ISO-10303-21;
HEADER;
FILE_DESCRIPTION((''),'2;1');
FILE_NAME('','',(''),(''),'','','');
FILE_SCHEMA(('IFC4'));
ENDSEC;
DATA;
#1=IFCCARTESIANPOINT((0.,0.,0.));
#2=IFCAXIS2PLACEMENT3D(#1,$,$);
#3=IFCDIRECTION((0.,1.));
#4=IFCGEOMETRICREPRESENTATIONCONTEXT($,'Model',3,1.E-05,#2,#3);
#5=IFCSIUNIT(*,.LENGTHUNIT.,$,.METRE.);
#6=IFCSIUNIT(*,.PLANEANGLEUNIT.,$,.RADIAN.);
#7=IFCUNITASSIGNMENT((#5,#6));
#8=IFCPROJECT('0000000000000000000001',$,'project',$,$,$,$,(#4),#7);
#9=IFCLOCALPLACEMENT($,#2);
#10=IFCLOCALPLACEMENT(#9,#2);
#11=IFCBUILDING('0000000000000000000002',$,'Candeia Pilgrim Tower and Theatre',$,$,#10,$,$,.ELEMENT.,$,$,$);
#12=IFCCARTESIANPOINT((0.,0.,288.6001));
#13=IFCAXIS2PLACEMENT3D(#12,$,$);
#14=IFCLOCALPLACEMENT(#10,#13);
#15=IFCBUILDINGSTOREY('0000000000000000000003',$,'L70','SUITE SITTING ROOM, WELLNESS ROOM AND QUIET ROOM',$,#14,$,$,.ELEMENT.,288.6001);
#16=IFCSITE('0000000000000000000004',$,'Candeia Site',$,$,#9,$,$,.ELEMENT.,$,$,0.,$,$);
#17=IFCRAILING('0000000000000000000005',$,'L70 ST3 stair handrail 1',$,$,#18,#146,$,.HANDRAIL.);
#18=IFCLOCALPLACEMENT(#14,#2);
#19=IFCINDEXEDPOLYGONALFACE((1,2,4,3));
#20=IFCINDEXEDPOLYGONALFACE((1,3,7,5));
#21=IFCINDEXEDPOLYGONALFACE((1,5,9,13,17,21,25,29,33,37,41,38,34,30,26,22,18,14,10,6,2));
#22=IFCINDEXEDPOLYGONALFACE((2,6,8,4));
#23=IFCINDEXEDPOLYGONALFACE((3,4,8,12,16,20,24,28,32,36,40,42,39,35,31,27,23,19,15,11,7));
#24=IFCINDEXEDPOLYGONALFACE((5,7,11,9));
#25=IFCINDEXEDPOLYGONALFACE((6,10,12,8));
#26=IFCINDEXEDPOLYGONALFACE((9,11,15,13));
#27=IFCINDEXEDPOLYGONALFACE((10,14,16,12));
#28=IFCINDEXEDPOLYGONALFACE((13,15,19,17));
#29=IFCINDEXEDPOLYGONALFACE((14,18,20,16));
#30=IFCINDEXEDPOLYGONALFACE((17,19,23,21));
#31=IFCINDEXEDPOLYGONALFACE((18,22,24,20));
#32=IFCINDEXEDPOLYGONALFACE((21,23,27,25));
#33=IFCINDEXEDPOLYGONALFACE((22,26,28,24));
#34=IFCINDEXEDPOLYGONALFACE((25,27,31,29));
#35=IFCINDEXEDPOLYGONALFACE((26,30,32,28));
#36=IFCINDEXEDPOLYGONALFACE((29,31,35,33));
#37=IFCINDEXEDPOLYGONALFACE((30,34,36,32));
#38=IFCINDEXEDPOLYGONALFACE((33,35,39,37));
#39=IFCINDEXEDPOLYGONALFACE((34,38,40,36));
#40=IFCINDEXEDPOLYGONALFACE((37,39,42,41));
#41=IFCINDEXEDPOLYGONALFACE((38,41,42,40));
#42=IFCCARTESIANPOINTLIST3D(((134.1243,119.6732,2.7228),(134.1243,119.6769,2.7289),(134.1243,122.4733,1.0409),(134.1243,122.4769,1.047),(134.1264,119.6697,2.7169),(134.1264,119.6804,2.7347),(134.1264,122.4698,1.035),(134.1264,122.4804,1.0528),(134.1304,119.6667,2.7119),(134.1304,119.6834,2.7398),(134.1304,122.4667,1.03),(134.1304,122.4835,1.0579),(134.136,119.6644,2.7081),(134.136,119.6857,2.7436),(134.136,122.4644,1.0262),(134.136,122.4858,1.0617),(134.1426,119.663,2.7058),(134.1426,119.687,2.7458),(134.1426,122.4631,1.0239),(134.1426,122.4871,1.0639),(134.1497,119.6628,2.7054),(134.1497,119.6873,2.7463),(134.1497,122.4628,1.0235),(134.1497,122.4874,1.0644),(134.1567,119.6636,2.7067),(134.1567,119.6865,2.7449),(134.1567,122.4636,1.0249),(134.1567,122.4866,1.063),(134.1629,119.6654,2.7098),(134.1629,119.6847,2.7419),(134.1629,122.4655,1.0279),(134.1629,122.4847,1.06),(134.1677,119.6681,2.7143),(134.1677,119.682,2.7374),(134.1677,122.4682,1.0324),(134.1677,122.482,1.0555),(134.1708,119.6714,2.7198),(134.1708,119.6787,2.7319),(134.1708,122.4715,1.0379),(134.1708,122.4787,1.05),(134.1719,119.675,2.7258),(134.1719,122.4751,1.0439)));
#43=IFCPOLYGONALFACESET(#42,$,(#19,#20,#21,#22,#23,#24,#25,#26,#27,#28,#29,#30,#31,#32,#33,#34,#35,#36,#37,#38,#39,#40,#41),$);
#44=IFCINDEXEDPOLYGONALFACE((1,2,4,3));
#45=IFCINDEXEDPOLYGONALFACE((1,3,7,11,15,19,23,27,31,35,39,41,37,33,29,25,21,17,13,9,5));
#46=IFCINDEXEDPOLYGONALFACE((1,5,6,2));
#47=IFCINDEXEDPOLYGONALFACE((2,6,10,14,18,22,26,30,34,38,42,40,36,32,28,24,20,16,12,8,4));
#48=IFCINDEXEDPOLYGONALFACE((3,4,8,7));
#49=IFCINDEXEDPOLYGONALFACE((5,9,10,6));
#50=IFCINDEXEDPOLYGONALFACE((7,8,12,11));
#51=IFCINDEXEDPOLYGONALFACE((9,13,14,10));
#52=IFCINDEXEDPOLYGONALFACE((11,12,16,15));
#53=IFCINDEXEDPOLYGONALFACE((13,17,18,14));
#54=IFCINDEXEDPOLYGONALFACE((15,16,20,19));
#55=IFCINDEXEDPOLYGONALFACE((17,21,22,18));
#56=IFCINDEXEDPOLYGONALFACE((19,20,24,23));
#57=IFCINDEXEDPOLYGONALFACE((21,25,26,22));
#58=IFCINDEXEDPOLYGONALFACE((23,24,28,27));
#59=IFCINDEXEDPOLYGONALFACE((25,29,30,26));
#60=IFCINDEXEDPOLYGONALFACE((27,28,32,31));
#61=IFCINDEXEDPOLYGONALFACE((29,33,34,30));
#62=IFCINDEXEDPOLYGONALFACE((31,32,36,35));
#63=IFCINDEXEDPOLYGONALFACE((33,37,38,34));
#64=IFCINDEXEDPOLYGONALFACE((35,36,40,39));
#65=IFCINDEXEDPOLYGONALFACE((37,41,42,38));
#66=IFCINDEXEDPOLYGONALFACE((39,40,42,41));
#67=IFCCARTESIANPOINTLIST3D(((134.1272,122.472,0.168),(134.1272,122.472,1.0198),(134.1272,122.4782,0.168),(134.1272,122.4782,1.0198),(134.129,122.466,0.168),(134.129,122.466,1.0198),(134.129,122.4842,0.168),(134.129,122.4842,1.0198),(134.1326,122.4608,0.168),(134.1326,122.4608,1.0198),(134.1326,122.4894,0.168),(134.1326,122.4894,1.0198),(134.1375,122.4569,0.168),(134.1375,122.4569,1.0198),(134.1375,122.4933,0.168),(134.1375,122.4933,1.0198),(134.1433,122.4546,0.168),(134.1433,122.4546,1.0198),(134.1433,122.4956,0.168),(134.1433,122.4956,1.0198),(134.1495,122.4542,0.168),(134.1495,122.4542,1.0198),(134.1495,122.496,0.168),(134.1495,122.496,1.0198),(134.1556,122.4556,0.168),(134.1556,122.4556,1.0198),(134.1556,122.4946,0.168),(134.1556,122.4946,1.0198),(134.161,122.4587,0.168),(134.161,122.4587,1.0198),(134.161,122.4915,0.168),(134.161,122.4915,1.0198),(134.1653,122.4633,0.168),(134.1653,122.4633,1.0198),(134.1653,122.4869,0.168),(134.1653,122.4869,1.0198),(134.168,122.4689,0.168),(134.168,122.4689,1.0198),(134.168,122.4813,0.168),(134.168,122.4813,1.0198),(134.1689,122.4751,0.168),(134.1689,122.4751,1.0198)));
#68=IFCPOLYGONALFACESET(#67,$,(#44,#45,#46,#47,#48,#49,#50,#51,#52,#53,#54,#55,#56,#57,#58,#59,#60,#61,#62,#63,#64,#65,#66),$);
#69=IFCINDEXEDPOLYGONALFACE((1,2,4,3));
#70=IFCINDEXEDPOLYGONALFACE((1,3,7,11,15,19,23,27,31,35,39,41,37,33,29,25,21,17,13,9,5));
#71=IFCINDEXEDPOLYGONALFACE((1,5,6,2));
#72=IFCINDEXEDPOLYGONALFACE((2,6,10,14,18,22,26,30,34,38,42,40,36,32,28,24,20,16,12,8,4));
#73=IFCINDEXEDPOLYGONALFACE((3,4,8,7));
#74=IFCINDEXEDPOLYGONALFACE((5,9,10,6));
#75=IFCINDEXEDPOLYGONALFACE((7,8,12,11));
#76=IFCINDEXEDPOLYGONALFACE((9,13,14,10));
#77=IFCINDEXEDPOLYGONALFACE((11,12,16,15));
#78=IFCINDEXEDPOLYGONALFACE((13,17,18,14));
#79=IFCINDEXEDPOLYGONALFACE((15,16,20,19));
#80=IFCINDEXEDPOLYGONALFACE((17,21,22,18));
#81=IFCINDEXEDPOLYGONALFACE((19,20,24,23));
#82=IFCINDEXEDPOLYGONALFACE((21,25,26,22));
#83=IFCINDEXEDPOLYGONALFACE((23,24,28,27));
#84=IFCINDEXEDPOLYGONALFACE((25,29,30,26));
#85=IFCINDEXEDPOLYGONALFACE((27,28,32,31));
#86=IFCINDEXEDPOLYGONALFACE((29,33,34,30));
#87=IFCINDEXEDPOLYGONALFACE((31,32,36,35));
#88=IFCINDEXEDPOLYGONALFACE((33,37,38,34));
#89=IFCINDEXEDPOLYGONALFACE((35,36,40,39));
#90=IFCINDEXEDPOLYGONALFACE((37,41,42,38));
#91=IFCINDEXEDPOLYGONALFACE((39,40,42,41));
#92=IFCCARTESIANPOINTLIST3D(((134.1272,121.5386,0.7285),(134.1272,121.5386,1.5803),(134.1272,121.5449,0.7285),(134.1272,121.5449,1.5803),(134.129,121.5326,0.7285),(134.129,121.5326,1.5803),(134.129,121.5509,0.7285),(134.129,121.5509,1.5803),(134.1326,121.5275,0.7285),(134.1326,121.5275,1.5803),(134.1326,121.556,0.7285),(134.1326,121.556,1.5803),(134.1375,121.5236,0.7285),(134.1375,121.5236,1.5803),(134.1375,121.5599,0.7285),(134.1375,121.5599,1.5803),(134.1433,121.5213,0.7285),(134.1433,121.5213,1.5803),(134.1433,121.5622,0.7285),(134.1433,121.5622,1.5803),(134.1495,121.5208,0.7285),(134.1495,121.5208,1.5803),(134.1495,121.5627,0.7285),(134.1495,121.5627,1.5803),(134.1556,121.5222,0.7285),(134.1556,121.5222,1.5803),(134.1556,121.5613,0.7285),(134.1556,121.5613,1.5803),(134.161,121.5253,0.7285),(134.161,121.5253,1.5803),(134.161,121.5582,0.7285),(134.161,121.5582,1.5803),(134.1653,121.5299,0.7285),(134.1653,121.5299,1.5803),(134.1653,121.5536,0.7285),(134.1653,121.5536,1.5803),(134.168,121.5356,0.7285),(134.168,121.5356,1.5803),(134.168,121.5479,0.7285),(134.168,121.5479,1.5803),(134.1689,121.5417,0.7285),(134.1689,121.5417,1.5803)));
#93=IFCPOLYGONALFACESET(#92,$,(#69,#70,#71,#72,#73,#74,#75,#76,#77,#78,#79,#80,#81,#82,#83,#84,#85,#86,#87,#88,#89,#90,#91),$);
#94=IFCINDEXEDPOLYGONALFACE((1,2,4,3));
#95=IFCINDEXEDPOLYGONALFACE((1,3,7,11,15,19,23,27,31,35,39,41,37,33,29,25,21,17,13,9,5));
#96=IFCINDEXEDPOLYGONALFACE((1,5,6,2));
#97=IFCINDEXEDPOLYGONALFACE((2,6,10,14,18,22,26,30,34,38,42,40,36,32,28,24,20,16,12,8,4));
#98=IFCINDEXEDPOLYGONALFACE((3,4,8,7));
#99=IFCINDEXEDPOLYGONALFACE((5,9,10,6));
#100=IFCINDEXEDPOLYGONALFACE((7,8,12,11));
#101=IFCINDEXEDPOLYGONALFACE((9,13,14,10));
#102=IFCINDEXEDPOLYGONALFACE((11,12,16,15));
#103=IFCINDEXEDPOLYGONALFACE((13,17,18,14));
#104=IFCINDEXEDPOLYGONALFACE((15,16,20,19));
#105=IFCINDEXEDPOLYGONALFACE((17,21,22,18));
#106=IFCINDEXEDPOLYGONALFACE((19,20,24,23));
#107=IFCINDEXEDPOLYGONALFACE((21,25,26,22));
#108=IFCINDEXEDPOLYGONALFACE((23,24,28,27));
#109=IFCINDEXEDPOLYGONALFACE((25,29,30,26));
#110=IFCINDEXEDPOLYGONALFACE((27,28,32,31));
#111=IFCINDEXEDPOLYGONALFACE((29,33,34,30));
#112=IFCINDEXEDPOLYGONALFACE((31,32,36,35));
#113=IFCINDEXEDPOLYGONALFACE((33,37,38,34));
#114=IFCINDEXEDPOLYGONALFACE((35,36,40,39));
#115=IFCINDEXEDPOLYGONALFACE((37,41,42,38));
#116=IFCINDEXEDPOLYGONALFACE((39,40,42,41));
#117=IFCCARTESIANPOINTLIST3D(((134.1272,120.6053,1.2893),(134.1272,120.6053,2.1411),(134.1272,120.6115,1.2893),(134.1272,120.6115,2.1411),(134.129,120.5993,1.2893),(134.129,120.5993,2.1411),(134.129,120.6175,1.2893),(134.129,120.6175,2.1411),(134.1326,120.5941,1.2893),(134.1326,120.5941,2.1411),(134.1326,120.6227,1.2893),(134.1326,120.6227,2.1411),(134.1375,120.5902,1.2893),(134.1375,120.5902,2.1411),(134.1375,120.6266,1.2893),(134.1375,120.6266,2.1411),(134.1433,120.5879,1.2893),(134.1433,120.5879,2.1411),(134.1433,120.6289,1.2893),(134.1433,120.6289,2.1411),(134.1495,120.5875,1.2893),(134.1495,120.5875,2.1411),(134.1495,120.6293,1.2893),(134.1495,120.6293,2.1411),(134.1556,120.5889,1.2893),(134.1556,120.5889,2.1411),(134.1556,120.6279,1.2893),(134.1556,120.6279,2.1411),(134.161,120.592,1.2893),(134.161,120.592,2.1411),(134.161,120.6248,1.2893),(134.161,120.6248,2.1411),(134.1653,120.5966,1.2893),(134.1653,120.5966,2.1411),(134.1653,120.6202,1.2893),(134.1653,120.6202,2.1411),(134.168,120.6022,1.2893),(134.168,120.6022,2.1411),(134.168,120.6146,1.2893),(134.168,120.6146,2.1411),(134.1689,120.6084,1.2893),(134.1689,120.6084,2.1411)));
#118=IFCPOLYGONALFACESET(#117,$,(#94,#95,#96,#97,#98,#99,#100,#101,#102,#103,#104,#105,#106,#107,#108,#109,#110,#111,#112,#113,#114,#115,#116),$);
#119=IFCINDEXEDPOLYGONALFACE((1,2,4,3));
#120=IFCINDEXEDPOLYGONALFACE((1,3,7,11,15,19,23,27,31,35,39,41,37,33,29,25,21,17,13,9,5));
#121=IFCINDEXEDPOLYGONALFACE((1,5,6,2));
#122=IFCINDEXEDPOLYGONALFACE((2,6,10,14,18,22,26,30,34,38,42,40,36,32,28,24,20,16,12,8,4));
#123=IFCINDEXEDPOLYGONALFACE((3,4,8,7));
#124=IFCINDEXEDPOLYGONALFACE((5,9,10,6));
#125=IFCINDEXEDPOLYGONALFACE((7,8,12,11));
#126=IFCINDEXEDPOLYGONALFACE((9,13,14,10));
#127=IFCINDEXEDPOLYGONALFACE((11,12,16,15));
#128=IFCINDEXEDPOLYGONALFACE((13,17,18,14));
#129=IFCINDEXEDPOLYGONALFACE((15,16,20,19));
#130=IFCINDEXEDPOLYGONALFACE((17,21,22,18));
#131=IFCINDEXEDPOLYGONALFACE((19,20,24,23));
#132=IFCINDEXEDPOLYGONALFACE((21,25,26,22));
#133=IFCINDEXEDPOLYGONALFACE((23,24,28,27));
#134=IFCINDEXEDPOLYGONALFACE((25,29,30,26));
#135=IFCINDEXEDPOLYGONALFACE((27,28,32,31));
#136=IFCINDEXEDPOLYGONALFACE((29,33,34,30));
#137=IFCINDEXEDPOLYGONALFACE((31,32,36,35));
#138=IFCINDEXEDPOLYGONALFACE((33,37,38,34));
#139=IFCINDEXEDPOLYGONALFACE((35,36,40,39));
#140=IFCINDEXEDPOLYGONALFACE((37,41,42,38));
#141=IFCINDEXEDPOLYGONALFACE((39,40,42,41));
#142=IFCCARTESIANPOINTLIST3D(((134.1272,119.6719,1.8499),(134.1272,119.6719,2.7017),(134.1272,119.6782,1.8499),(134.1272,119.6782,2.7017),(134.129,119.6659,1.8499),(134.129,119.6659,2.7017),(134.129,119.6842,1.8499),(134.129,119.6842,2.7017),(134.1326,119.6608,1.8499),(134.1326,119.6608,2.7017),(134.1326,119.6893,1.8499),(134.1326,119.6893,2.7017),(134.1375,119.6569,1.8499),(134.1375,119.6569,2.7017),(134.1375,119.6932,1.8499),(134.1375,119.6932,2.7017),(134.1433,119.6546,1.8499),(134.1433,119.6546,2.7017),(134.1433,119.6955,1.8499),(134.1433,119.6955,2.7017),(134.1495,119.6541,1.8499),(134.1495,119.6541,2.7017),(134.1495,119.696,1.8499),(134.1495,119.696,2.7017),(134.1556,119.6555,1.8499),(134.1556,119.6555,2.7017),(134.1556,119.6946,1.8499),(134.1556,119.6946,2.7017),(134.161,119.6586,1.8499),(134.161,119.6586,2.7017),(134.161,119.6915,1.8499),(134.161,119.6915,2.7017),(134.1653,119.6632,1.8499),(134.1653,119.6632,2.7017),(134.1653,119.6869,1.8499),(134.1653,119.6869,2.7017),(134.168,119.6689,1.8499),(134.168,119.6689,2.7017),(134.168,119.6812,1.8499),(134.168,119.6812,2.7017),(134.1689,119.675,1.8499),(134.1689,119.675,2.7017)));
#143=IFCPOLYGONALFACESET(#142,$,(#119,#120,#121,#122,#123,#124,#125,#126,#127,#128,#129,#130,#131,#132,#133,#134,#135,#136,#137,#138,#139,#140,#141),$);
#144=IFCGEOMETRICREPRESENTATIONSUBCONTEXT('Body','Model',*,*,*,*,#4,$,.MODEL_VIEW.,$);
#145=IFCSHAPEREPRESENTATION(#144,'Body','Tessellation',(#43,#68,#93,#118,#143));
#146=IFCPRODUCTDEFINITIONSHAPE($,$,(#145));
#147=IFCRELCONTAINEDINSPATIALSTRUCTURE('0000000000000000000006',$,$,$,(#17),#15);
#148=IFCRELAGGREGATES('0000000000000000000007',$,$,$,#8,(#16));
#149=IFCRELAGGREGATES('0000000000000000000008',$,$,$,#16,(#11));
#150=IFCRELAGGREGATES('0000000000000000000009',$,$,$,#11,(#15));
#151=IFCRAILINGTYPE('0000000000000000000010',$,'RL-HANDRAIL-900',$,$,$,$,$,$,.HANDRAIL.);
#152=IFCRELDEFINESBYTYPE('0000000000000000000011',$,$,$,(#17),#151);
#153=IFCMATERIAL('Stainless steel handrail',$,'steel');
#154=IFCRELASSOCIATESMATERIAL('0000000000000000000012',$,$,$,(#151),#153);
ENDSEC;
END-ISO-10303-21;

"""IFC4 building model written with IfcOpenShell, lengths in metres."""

from ifc_helpers import new_model, si_unit, direction, frame, origin, origin_2d, place, context, subcontext, project, spatial, circle, extrude, material, type_object, element, save


model = new_model("IFC4")

# Units and contexts
model_context = context("Model", 3, precision=1e-05, world=origin(), true_north=direction((0.0, 1.0)))
body_context = subcontext(model_context, "Body", "Model", "MODEL_VIEW")
ifc_project = project(units=[si_unit("LENGTHUNIT", "METRE"), si_unit("PLANEANGLEUNIT", "RADIAN")], contexts=[model_context])

# Site, building, storey
site_placement = place(None, origin())
site = spatial("IfcSite", under=ifc_project, at=site_placement, Name="Candeia Site", CompositionType="ELEMENT", RefElevation=0.0)
building_placement = place(site_placement, origin())
building = spatial("IfcBuilding", under=site, at=building_placement, Name="Candeia Pilgrim Tower and Theatre", CompositionType="ELEMENT")
storey_placement = place(building_placement, frame((0.0, 0.0, 288.6001)))
storey = spatial("IfcBuildingStorey", under=building, at=storey_placement, Name="L70", Description="SUITE SITTING ROOM, WELLNESS ROOM AND QUIET ROOM", CompositionType="ELEMENT", Elevation=288.6001)

# Railing
ifc_material_1 = material(Name="Stainless steel handrail", Category="steel")
railing_type_1 = type_object("IfcRailingType", Name="RL-HANDRAIL-900", PredefinedType="HANDRAIL", material=ifc_material_1)
railing_1_placement = place(storey_placement, frame((134.1479, 122.4751, 0.168)))
element("IfcRailing", 1, at=railing_1_placement, inside=storey, type_object=railing_type_1, Name="L70 ST3 stair handrail 1", PredefinedType="HANDRAIL", context=body_context, shape_type="SweptSolid", body=[
    extrude(circle(Radius=0.0239, at=origin_2d()), frame((0.0, 0.0, 0.876), z_axis=(0.0, -0.857242, 0.514913), x_axis=(1.0, 0.0, 0.0)), (0.0, 0.0, 1.0), 3.2664),
    extrude(circle(Radius=0.021, at=origin_2d()), origin(), (0.0, 0.0, 1.0), 0.8518),
    extrude(circle(Radius=0.021, at=origin_2d()), frame((0.0, -0.9333, 0.5605)), (0.0, 0.0, 1.0), 0.8518),
    extrude(circle(Radius=0.021, at=origin_2d()), frame((0.0, -1.8667, 1.1213)), (0.0, 0.0, 1.0), 0.8518),
    extrude(circle(Radius=0.021, at=origin_2d()), frame((0.0, -2.8, 1.6819)), (0.0, 0.0, 1.0), 0.8518),
])

save(model, "model.ifc")
